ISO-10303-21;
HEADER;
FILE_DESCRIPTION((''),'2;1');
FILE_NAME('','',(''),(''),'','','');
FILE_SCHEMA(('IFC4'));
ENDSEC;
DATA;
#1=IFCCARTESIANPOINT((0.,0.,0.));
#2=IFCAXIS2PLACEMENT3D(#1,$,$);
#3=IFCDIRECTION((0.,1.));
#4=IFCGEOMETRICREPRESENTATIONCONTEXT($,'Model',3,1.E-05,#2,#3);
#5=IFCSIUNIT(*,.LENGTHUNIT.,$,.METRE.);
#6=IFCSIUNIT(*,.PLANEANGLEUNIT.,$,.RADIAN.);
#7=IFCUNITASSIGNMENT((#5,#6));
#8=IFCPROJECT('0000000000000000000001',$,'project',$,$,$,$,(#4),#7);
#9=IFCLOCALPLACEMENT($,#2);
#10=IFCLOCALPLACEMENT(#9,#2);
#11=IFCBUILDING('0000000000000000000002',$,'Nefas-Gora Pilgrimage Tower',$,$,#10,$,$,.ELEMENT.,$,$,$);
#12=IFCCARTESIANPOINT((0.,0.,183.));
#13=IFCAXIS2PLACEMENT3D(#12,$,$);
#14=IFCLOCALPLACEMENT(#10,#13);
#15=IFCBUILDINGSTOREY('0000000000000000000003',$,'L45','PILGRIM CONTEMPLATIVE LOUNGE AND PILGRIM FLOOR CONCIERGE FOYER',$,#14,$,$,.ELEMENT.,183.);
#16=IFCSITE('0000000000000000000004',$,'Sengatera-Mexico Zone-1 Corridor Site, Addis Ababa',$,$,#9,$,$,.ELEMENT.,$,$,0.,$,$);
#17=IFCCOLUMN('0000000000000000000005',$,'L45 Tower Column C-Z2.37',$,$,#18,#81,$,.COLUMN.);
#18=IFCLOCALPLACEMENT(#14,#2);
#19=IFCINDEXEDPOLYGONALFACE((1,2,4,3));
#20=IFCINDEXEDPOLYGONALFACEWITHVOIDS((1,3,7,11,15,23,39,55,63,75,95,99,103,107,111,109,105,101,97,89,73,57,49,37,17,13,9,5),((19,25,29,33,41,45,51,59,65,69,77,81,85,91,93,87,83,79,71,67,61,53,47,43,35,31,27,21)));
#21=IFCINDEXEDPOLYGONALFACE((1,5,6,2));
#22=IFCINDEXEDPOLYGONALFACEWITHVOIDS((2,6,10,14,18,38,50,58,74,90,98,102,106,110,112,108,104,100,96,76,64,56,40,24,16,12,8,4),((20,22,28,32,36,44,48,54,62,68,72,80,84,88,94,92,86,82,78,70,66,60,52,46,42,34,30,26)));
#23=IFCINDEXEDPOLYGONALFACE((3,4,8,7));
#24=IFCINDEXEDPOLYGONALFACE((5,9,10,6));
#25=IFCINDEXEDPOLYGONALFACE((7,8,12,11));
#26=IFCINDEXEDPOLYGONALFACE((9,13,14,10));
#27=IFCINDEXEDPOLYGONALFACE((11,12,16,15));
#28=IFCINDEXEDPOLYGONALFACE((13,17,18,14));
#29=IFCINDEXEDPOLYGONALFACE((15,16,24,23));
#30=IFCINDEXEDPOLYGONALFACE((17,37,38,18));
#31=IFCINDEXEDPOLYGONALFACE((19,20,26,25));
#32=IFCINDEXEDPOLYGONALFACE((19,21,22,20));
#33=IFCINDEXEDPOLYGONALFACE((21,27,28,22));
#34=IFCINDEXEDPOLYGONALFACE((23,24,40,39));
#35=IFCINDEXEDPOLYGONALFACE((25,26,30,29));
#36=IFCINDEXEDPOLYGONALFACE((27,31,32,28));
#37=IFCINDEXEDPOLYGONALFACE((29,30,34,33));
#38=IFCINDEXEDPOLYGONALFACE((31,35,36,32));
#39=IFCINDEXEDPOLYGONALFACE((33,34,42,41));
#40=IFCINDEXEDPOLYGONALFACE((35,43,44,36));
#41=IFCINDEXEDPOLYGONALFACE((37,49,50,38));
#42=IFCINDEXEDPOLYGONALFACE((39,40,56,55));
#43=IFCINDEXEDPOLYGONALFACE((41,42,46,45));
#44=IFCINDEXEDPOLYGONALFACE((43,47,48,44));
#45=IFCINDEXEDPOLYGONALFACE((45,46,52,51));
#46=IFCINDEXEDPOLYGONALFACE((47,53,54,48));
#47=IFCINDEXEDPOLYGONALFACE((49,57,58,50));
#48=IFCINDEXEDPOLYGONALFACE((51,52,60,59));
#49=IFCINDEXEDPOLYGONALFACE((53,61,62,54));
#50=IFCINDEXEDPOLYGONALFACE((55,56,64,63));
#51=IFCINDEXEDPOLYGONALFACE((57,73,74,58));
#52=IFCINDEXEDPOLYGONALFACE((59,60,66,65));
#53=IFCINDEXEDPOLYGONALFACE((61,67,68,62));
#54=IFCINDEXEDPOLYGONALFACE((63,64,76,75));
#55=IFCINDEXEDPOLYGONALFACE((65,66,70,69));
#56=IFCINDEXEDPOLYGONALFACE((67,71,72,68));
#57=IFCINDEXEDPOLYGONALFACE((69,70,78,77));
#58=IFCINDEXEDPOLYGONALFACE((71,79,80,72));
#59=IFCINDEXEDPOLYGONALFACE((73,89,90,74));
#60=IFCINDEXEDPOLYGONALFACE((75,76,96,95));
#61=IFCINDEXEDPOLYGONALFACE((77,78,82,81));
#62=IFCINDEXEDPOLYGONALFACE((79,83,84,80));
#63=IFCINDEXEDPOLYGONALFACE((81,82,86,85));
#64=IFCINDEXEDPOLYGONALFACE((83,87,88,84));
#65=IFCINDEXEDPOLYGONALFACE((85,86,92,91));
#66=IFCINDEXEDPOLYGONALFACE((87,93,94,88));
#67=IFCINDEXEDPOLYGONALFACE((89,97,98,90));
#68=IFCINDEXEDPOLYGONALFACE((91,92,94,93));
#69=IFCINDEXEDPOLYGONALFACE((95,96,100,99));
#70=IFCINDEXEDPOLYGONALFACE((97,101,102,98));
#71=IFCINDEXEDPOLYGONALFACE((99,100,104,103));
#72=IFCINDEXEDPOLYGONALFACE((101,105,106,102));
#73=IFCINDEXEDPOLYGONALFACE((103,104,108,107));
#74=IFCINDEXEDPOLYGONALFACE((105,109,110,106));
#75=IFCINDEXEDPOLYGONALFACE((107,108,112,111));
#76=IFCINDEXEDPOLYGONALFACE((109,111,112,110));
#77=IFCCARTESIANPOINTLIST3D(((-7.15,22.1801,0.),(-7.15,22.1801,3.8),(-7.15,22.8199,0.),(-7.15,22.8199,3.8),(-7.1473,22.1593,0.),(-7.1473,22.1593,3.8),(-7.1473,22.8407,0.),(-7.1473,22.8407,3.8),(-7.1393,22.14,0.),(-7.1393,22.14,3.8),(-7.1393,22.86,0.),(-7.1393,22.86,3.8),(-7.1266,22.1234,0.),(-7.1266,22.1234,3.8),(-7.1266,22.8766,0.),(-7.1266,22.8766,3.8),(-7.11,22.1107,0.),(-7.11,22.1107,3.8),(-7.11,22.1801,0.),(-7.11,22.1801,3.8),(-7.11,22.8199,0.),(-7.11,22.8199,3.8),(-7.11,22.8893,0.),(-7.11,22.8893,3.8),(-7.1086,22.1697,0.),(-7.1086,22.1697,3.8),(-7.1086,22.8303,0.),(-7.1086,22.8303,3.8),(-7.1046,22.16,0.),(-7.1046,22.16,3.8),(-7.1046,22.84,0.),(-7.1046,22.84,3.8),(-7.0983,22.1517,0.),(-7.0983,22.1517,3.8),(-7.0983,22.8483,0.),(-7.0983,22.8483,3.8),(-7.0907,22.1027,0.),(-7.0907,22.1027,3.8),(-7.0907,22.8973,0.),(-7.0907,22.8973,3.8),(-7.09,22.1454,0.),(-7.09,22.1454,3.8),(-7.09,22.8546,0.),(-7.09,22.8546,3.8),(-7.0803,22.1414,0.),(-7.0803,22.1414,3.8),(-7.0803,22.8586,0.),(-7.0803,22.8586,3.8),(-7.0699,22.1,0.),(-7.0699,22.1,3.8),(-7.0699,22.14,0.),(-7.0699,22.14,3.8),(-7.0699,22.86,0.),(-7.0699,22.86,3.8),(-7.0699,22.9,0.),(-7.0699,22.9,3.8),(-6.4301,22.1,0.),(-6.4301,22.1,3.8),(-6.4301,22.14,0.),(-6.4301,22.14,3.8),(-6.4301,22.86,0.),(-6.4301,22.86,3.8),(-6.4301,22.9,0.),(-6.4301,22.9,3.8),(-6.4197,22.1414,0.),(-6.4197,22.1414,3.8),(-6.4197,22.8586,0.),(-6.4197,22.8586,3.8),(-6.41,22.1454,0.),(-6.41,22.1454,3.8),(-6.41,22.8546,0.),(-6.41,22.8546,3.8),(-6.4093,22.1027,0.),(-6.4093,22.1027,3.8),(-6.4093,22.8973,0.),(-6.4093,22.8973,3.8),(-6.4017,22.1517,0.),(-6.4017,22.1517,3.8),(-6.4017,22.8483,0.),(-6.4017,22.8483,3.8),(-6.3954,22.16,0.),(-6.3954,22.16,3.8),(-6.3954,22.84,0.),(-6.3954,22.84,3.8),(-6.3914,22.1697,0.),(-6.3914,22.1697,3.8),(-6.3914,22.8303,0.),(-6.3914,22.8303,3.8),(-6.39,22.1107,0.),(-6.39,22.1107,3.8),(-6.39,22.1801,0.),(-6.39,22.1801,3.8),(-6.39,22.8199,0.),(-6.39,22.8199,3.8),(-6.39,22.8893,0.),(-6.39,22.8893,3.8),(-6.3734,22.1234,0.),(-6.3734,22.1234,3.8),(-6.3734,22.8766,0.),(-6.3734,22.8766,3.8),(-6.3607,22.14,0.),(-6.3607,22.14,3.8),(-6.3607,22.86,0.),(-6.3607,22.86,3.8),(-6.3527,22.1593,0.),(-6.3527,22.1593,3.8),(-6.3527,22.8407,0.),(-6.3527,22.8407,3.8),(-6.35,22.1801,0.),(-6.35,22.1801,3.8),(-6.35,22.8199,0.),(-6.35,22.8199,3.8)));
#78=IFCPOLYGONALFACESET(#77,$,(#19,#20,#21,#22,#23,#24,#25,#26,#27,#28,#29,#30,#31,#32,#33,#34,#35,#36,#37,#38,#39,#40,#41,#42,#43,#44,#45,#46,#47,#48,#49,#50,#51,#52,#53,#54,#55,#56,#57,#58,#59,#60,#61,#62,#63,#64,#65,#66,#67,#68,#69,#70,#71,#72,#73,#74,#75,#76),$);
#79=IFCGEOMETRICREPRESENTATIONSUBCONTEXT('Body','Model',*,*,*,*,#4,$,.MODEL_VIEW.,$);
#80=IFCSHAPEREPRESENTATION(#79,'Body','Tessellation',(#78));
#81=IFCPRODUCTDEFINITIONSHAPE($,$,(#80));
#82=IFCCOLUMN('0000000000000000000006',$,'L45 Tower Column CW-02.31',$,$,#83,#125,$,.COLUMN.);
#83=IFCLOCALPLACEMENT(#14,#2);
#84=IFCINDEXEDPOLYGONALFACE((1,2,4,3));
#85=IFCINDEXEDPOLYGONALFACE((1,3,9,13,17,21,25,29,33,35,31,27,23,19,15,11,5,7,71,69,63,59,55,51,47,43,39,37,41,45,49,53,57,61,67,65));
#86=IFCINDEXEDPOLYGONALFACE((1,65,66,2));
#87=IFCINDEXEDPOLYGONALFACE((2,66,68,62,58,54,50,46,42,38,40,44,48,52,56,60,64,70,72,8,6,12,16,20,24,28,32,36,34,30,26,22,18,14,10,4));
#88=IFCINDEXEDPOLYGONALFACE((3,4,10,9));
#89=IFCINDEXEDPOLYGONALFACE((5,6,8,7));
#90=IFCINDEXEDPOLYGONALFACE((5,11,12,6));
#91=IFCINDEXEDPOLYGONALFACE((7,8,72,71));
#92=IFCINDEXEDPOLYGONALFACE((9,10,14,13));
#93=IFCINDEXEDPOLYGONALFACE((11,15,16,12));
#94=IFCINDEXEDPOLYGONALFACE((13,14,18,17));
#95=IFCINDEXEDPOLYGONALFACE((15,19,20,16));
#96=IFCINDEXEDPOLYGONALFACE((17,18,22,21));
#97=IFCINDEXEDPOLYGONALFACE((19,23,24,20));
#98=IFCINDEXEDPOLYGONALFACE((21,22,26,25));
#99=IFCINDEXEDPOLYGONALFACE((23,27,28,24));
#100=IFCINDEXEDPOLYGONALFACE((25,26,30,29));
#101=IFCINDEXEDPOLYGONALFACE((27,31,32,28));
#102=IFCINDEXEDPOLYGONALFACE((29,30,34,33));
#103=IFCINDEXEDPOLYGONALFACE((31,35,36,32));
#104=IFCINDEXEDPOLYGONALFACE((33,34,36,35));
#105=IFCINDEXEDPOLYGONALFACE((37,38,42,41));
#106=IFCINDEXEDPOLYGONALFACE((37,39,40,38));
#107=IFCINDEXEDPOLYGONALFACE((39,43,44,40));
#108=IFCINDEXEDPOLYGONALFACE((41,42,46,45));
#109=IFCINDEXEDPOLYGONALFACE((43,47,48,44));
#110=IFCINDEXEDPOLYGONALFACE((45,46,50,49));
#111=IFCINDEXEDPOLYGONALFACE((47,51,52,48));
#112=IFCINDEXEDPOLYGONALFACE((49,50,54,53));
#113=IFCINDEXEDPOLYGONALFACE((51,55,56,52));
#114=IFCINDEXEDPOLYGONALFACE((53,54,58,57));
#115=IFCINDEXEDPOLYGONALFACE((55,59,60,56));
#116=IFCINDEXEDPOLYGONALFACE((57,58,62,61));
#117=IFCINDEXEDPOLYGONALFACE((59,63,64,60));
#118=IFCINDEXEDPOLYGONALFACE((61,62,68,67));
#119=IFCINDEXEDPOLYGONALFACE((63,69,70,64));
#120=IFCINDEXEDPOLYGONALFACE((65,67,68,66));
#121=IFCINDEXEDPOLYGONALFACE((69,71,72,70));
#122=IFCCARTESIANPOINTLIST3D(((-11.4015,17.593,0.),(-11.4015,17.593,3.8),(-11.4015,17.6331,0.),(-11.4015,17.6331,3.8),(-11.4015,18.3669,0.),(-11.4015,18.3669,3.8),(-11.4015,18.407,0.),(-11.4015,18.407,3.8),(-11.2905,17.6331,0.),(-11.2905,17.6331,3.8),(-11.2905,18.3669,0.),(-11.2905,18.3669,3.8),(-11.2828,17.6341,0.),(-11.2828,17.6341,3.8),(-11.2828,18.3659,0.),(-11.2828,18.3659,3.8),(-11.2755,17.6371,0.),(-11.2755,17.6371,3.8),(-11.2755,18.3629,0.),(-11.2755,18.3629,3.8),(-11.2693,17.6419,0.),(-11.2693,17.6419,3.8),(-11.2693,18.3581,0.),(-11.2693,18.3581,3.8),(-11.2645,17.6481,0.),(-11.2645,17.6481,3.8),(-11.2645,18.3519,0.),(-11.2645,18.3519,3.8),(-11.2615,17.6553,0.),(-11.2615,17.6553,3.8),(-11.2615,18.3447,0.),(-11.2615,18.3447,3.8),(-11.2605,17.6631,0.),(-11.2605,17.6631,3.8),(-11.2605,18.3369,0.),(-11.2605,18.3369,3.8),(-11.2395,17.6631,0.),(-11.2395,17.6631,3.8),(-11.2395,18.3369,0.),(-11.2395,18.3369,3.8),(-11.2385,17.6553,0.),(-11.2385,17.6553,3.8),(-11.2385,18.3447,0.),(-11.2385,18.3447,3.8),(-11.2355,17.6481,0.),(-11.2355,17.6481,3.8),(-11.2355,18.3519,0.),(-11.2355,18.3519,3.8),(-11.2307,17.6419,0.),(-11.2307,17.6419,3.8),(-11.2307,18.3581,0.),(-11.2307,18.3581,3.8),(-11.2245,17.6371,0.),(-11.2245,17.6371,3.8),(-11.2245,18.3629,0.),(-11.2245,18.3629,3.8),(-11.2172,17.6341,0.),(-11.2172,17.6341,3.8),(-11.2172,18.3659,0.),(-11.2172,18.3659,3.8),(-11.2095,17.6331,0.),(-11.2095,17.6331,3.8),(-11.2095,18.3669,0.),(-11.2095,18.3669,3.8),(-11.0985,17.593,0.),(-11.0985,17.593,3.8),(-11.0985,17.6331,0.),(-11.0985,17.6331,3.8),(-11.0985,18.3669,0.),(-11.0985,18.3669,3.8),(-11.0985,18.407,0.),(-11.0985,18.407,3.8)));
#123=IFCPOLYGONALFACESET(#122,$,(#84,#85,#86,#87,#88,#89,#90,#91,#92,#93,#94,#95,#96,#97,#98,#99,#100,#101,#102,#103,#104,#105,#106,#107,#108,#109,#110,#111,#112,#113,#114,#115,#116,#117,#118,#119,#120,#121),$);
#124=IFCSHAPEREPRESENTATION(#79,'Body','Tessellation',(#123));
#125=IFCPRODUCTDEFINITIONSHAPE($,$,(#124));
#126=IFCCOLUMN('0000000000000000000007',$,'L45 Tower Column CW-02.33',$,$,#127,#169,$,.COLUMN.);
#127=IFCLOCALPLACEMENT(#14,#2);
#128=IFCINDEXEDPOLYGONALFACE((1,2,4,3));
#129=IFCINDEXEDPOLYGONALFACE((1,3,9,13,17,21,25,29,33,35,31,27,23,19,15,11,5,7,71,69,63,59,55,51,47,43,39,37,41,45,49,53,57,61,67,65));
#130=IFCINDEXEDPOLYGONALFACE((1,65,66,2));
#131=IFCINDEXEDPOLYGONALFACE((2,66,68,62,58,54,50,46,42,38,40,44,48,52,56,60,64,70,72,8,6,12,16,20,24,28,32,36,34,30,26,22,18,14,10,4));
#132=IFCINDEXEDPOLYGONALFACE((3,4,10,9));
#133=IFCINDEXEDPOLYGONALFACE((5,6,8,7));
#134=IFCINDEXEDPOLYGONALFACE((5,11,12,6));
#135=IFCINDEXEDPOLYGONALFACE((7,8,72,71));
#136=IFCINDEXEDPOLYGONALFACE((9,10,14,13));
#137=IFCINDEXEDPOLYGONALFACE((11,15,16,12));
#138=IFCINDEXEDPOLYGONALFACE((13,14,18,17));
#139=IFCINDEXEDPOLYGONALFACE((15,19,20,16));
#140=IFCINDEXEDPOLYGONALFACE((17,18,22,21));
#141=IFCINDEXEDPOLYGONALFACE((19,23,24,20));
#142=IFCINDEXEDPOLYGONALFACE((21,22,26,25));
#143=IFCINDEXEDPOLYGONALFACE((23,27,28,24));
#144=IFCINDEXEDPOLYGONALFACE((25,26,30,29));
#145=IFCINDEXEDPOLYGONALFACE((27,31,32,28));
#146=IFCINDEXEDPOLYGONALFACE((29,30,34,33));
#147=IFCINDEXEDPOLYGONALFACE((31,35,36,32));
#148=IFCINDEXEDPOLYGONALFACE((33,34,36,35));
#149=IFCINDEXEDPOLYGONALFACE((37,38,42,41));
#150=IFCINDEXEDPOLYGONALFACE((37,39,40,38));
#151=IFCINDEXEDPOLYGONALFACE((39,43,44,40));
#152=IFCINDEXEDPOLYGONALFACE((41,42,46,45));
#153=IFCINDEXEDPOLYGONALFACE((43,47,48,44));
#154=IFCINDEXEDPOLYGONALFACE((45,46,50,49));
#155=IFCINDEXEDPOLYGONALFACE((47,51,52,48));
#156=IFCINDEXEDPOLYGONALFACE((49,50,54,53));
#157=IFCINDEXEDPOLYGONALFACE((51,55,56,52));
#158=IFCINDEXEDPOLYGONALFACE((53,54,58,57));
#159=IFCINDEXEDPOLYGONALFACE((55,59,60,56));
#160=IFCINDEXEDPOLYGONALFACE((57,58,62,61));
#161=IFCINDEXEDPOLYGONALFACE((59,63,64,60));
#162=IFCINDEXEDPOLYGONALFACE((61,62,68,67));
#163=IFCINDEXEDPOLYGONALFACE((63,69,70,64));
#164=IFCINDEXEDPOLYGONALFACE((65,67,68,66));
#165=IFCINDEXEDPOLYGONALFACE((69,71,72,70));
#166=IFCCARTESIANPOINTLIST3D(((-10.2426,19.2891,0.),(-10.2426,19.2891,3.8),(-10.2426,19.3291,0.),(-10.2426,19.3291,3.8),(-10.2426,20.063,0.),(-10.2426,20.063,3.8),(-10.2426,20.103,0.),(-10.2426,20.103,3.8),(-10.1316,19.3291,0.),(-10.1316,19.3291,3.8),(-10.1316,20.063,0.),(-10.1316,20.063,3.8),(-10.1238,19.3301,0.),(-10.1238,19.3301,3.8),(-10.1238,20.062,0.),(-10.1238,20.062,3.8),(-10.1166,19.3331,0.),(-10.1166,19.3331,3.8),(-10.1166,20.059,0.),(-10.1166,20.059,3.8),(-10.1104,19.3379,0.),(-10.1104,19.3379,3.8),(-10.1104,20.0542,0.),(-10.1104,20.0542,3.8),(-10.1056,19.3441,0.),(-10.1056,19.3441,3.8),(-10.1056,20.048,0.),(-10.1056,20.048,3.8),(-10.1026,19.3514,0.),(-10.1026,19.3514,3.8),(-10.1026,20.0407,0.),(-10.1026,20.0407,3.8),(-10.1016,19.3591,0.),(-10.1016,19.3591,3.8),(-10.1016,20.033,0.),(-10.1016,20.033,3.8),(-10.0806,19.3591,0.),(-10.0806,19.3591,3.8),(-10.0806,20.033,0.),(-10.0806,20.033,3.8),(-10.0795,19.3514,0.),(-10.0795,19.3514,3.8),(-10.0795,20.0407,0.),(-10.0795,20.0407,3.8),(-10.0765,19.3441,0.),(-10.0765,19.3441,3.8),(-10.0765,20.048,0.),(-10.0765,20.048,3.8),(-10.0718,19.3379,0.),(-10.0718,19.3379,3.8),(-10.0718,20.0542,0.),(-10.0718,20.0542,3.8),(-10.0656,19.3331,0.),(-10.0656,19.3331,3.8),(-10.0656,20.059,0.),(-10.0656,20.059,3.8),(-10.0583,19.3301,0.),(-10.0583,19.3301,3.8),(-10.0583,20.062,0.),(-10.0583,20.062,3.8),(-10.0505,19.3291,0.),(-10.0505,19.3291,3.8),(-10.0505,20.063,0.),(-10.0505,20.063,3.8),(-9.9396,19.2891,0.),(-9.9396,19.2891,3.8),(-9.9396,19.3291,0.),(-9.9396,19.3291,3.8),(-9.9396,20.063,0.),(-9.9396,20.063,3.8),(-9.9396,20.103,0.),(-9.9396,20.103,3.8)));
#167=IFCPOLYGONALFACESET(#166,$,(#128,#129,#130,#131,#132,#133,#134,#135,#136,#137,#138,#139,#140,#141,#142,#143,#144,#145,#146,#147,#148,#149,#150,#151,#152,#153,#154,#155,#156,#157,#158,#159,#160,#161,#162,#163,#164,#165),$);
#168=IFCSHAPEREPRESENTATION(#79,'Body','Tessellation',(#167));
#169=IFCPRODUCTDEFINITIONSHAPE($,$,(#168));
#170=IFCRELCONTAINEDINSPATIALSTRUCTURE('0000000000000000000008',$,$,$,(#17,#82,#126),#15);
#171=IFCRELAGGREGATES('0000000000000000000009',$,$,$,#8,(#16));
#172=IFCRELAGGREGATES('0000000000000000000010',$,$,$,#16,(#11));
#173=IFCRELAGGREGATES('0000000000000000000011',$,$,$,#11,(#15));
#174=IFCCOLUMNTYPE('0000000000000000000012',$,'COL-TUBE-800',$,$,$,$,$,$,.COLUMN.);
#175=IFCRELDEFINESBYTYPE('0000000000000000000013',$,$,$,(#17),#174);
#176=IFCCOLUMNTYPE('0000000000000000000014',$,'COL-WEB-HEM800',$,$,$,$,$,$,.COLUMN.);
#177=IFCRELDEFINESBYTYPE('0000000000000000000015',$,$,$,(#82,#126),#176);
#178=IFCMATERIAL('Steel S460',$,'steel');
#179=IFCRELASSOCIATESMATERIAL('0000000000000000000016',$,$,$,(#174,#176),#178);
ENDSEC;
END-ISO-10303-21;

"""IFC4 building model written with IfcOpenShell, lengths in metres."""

from ifc_helpers import new_model, si_unit, direction, frame, origin, origin_2d, place, context, subcontext, project, spatial, hollow_rectangle, i_section, extrude, source, transform, mapped, material, material_profile, profile_set, type_object, element, save


model = new_model("IFC4")

# Units and contexts
model_context = context("Model", 3, precision=1e-05, world=origin(), true_north=direction((0.0, 1.0)))
body_context = subcontext(model_context, "Body", "Model", "MODEL_VIEW")
ifc_project = project(units=[si_unit("LENGTHUNIT", "METRE"), si_unit("PLANEANGLEUNIT", "RADIAN")], contexts=[model_context])

# Site, building, storey
site_placement = place(None, origin())
site = spatial("IfcSite", under=ifc_project, at=site_placement, Name="Sengatera-Mexico Zone-1 Corridor Site, Addis Ababa", CompositionType="ELEMENT", RefElevation=0.0)
building_placement = place(site_placement, origin())
building = spatial("IfcBuilding", under=site, at=building_placement, Name="Nefas-Gora Pilgrimage Tower", CompositionType="ELEMENT")
storey_placement = place(building_placement, frame((0.0, 0.0, 183.0)))
storey = spatial("IfcBuildingStorey", under=building, at=storey_placement, Name="L45", Description="PILGRIM CONTEMPLATIVE LOUNGE AND PILGRIM FLOOR CONCIERGE FOYER", CompositionType="ELEMENT", Elevation=183.0)

# Columns
ifc_material_1 = material(Name="Steel S460", Category="steel")
ifc_material_profile_1 = material_profile(ifc_material_1, hollow_rectangle(XDim=0.8, YDim=0.8, WallThickness=0.04, InnerFilletRadius=0.04, OuterFilletRadius=0.0801, at=origin_2d()), Name="BOX 800x800x40")
ifc_profile_set_1 = profile_set([ifc_material_profile_1], Name="Steel S460")
column_type_1 = type_object("IfcColumnType", Name="COL-TUBE-800", PredefinedType="COLUMN", material=ifc_profile_set_1)
shared_shape_1 = source(origin(), body_context, "Body", "SweptSolid", [
    extrude(hollow_rectangle(XDim=0.8, YDim=0.8, WallThickness=0.04, InnerFilletRadius=0.04, OuterFilletRadius=0.0801, at=origin_2d()), origin(), (0.0, 0.0, 1.0), 3.8),
])
column_placement = place(storey_placement, frame((-6.75, 22.5, 0.0), z_axis=(0.0, 0.0, 1.0), x_axis=(1.0, 0.0, 0.0)))
element("IfcColumn", 1, at=column_placement, inside=storey, type_object=column_type_1, Name="L45 Tower Column C-Z2.37", PredefinedType="COLUMN", context=body_context, shape_type="MappedRepresentation", body=[
    mapped(shared_shape_1, transform((0.0, 0.0, 0.0), x_axis=(1.0, 0.0, 0.0), y_axis=(0.0, 1.0, 0.0), z_axis=(0.0, 0.0, 1.0), scale=1.0)),
])
ifc_material_profile_2 = material_profile(ifc_material_1, i_section(OverallWidth=0.303, OverallDepth=0.814, WebThickness=0.021, FlangeThickness=0.04, FilletRadius=0.03, at=origin_2d()), Name="HEM 800")
ifc_profile_set_2 = profile_set([ifc_material_profile_2], Name="Steel S460")
column_type_2 = type_object("IfcColumnType", Name="COL-WEB-HEM800", PredefinedType="COLUMN", material=ifc_profile_set_2)
shared_shape_2 = source(origin(), body_context, "Body", "SweptSolid", [
    extrude(i_section(OverallWidth=0.303, OverallDepth=0.814, WebThickness=0.021, FlangeThickness=0.04, FilletRadius=0.03, at=origin_2d()), origin(), (0.0, 0.0, 1.0), 3.8),
])
for number, where, z_axis, x_axis, name in (
    (2, (-11.25, 18.0, 0.0), (0.0, 0.0, 1.0), (1.0, 0.0, 0.0), "L45 Tower Column CW-02.31"),
    (3, (-10.0911, 19.696, 0.0), (0.0, 0.0, 1.0), (1.0, 0.0, 0.0), "L45 Tower Column CW-02.33"),
):
    element("IfcColumn", number, at=place(storey_placement, frame(where, z_axis=z_axis, x_axis=x_axis)), inside=storey, type_object=column_type_2, Name=name, PredefinedType="COLUMN", context=body_context, shape_type="MappedRepresentation", body=[
        mapped(shared_shape_2, transform((0.0, 0.0, 0.0), x_axis=(1.0, 0.0, 0.0), y_axis=(0.0, 1.0, 0.0), z_axis=(0.0, 0.0, 1.0), scale=1.0)),
    ])

save(model, "model.ifc")
